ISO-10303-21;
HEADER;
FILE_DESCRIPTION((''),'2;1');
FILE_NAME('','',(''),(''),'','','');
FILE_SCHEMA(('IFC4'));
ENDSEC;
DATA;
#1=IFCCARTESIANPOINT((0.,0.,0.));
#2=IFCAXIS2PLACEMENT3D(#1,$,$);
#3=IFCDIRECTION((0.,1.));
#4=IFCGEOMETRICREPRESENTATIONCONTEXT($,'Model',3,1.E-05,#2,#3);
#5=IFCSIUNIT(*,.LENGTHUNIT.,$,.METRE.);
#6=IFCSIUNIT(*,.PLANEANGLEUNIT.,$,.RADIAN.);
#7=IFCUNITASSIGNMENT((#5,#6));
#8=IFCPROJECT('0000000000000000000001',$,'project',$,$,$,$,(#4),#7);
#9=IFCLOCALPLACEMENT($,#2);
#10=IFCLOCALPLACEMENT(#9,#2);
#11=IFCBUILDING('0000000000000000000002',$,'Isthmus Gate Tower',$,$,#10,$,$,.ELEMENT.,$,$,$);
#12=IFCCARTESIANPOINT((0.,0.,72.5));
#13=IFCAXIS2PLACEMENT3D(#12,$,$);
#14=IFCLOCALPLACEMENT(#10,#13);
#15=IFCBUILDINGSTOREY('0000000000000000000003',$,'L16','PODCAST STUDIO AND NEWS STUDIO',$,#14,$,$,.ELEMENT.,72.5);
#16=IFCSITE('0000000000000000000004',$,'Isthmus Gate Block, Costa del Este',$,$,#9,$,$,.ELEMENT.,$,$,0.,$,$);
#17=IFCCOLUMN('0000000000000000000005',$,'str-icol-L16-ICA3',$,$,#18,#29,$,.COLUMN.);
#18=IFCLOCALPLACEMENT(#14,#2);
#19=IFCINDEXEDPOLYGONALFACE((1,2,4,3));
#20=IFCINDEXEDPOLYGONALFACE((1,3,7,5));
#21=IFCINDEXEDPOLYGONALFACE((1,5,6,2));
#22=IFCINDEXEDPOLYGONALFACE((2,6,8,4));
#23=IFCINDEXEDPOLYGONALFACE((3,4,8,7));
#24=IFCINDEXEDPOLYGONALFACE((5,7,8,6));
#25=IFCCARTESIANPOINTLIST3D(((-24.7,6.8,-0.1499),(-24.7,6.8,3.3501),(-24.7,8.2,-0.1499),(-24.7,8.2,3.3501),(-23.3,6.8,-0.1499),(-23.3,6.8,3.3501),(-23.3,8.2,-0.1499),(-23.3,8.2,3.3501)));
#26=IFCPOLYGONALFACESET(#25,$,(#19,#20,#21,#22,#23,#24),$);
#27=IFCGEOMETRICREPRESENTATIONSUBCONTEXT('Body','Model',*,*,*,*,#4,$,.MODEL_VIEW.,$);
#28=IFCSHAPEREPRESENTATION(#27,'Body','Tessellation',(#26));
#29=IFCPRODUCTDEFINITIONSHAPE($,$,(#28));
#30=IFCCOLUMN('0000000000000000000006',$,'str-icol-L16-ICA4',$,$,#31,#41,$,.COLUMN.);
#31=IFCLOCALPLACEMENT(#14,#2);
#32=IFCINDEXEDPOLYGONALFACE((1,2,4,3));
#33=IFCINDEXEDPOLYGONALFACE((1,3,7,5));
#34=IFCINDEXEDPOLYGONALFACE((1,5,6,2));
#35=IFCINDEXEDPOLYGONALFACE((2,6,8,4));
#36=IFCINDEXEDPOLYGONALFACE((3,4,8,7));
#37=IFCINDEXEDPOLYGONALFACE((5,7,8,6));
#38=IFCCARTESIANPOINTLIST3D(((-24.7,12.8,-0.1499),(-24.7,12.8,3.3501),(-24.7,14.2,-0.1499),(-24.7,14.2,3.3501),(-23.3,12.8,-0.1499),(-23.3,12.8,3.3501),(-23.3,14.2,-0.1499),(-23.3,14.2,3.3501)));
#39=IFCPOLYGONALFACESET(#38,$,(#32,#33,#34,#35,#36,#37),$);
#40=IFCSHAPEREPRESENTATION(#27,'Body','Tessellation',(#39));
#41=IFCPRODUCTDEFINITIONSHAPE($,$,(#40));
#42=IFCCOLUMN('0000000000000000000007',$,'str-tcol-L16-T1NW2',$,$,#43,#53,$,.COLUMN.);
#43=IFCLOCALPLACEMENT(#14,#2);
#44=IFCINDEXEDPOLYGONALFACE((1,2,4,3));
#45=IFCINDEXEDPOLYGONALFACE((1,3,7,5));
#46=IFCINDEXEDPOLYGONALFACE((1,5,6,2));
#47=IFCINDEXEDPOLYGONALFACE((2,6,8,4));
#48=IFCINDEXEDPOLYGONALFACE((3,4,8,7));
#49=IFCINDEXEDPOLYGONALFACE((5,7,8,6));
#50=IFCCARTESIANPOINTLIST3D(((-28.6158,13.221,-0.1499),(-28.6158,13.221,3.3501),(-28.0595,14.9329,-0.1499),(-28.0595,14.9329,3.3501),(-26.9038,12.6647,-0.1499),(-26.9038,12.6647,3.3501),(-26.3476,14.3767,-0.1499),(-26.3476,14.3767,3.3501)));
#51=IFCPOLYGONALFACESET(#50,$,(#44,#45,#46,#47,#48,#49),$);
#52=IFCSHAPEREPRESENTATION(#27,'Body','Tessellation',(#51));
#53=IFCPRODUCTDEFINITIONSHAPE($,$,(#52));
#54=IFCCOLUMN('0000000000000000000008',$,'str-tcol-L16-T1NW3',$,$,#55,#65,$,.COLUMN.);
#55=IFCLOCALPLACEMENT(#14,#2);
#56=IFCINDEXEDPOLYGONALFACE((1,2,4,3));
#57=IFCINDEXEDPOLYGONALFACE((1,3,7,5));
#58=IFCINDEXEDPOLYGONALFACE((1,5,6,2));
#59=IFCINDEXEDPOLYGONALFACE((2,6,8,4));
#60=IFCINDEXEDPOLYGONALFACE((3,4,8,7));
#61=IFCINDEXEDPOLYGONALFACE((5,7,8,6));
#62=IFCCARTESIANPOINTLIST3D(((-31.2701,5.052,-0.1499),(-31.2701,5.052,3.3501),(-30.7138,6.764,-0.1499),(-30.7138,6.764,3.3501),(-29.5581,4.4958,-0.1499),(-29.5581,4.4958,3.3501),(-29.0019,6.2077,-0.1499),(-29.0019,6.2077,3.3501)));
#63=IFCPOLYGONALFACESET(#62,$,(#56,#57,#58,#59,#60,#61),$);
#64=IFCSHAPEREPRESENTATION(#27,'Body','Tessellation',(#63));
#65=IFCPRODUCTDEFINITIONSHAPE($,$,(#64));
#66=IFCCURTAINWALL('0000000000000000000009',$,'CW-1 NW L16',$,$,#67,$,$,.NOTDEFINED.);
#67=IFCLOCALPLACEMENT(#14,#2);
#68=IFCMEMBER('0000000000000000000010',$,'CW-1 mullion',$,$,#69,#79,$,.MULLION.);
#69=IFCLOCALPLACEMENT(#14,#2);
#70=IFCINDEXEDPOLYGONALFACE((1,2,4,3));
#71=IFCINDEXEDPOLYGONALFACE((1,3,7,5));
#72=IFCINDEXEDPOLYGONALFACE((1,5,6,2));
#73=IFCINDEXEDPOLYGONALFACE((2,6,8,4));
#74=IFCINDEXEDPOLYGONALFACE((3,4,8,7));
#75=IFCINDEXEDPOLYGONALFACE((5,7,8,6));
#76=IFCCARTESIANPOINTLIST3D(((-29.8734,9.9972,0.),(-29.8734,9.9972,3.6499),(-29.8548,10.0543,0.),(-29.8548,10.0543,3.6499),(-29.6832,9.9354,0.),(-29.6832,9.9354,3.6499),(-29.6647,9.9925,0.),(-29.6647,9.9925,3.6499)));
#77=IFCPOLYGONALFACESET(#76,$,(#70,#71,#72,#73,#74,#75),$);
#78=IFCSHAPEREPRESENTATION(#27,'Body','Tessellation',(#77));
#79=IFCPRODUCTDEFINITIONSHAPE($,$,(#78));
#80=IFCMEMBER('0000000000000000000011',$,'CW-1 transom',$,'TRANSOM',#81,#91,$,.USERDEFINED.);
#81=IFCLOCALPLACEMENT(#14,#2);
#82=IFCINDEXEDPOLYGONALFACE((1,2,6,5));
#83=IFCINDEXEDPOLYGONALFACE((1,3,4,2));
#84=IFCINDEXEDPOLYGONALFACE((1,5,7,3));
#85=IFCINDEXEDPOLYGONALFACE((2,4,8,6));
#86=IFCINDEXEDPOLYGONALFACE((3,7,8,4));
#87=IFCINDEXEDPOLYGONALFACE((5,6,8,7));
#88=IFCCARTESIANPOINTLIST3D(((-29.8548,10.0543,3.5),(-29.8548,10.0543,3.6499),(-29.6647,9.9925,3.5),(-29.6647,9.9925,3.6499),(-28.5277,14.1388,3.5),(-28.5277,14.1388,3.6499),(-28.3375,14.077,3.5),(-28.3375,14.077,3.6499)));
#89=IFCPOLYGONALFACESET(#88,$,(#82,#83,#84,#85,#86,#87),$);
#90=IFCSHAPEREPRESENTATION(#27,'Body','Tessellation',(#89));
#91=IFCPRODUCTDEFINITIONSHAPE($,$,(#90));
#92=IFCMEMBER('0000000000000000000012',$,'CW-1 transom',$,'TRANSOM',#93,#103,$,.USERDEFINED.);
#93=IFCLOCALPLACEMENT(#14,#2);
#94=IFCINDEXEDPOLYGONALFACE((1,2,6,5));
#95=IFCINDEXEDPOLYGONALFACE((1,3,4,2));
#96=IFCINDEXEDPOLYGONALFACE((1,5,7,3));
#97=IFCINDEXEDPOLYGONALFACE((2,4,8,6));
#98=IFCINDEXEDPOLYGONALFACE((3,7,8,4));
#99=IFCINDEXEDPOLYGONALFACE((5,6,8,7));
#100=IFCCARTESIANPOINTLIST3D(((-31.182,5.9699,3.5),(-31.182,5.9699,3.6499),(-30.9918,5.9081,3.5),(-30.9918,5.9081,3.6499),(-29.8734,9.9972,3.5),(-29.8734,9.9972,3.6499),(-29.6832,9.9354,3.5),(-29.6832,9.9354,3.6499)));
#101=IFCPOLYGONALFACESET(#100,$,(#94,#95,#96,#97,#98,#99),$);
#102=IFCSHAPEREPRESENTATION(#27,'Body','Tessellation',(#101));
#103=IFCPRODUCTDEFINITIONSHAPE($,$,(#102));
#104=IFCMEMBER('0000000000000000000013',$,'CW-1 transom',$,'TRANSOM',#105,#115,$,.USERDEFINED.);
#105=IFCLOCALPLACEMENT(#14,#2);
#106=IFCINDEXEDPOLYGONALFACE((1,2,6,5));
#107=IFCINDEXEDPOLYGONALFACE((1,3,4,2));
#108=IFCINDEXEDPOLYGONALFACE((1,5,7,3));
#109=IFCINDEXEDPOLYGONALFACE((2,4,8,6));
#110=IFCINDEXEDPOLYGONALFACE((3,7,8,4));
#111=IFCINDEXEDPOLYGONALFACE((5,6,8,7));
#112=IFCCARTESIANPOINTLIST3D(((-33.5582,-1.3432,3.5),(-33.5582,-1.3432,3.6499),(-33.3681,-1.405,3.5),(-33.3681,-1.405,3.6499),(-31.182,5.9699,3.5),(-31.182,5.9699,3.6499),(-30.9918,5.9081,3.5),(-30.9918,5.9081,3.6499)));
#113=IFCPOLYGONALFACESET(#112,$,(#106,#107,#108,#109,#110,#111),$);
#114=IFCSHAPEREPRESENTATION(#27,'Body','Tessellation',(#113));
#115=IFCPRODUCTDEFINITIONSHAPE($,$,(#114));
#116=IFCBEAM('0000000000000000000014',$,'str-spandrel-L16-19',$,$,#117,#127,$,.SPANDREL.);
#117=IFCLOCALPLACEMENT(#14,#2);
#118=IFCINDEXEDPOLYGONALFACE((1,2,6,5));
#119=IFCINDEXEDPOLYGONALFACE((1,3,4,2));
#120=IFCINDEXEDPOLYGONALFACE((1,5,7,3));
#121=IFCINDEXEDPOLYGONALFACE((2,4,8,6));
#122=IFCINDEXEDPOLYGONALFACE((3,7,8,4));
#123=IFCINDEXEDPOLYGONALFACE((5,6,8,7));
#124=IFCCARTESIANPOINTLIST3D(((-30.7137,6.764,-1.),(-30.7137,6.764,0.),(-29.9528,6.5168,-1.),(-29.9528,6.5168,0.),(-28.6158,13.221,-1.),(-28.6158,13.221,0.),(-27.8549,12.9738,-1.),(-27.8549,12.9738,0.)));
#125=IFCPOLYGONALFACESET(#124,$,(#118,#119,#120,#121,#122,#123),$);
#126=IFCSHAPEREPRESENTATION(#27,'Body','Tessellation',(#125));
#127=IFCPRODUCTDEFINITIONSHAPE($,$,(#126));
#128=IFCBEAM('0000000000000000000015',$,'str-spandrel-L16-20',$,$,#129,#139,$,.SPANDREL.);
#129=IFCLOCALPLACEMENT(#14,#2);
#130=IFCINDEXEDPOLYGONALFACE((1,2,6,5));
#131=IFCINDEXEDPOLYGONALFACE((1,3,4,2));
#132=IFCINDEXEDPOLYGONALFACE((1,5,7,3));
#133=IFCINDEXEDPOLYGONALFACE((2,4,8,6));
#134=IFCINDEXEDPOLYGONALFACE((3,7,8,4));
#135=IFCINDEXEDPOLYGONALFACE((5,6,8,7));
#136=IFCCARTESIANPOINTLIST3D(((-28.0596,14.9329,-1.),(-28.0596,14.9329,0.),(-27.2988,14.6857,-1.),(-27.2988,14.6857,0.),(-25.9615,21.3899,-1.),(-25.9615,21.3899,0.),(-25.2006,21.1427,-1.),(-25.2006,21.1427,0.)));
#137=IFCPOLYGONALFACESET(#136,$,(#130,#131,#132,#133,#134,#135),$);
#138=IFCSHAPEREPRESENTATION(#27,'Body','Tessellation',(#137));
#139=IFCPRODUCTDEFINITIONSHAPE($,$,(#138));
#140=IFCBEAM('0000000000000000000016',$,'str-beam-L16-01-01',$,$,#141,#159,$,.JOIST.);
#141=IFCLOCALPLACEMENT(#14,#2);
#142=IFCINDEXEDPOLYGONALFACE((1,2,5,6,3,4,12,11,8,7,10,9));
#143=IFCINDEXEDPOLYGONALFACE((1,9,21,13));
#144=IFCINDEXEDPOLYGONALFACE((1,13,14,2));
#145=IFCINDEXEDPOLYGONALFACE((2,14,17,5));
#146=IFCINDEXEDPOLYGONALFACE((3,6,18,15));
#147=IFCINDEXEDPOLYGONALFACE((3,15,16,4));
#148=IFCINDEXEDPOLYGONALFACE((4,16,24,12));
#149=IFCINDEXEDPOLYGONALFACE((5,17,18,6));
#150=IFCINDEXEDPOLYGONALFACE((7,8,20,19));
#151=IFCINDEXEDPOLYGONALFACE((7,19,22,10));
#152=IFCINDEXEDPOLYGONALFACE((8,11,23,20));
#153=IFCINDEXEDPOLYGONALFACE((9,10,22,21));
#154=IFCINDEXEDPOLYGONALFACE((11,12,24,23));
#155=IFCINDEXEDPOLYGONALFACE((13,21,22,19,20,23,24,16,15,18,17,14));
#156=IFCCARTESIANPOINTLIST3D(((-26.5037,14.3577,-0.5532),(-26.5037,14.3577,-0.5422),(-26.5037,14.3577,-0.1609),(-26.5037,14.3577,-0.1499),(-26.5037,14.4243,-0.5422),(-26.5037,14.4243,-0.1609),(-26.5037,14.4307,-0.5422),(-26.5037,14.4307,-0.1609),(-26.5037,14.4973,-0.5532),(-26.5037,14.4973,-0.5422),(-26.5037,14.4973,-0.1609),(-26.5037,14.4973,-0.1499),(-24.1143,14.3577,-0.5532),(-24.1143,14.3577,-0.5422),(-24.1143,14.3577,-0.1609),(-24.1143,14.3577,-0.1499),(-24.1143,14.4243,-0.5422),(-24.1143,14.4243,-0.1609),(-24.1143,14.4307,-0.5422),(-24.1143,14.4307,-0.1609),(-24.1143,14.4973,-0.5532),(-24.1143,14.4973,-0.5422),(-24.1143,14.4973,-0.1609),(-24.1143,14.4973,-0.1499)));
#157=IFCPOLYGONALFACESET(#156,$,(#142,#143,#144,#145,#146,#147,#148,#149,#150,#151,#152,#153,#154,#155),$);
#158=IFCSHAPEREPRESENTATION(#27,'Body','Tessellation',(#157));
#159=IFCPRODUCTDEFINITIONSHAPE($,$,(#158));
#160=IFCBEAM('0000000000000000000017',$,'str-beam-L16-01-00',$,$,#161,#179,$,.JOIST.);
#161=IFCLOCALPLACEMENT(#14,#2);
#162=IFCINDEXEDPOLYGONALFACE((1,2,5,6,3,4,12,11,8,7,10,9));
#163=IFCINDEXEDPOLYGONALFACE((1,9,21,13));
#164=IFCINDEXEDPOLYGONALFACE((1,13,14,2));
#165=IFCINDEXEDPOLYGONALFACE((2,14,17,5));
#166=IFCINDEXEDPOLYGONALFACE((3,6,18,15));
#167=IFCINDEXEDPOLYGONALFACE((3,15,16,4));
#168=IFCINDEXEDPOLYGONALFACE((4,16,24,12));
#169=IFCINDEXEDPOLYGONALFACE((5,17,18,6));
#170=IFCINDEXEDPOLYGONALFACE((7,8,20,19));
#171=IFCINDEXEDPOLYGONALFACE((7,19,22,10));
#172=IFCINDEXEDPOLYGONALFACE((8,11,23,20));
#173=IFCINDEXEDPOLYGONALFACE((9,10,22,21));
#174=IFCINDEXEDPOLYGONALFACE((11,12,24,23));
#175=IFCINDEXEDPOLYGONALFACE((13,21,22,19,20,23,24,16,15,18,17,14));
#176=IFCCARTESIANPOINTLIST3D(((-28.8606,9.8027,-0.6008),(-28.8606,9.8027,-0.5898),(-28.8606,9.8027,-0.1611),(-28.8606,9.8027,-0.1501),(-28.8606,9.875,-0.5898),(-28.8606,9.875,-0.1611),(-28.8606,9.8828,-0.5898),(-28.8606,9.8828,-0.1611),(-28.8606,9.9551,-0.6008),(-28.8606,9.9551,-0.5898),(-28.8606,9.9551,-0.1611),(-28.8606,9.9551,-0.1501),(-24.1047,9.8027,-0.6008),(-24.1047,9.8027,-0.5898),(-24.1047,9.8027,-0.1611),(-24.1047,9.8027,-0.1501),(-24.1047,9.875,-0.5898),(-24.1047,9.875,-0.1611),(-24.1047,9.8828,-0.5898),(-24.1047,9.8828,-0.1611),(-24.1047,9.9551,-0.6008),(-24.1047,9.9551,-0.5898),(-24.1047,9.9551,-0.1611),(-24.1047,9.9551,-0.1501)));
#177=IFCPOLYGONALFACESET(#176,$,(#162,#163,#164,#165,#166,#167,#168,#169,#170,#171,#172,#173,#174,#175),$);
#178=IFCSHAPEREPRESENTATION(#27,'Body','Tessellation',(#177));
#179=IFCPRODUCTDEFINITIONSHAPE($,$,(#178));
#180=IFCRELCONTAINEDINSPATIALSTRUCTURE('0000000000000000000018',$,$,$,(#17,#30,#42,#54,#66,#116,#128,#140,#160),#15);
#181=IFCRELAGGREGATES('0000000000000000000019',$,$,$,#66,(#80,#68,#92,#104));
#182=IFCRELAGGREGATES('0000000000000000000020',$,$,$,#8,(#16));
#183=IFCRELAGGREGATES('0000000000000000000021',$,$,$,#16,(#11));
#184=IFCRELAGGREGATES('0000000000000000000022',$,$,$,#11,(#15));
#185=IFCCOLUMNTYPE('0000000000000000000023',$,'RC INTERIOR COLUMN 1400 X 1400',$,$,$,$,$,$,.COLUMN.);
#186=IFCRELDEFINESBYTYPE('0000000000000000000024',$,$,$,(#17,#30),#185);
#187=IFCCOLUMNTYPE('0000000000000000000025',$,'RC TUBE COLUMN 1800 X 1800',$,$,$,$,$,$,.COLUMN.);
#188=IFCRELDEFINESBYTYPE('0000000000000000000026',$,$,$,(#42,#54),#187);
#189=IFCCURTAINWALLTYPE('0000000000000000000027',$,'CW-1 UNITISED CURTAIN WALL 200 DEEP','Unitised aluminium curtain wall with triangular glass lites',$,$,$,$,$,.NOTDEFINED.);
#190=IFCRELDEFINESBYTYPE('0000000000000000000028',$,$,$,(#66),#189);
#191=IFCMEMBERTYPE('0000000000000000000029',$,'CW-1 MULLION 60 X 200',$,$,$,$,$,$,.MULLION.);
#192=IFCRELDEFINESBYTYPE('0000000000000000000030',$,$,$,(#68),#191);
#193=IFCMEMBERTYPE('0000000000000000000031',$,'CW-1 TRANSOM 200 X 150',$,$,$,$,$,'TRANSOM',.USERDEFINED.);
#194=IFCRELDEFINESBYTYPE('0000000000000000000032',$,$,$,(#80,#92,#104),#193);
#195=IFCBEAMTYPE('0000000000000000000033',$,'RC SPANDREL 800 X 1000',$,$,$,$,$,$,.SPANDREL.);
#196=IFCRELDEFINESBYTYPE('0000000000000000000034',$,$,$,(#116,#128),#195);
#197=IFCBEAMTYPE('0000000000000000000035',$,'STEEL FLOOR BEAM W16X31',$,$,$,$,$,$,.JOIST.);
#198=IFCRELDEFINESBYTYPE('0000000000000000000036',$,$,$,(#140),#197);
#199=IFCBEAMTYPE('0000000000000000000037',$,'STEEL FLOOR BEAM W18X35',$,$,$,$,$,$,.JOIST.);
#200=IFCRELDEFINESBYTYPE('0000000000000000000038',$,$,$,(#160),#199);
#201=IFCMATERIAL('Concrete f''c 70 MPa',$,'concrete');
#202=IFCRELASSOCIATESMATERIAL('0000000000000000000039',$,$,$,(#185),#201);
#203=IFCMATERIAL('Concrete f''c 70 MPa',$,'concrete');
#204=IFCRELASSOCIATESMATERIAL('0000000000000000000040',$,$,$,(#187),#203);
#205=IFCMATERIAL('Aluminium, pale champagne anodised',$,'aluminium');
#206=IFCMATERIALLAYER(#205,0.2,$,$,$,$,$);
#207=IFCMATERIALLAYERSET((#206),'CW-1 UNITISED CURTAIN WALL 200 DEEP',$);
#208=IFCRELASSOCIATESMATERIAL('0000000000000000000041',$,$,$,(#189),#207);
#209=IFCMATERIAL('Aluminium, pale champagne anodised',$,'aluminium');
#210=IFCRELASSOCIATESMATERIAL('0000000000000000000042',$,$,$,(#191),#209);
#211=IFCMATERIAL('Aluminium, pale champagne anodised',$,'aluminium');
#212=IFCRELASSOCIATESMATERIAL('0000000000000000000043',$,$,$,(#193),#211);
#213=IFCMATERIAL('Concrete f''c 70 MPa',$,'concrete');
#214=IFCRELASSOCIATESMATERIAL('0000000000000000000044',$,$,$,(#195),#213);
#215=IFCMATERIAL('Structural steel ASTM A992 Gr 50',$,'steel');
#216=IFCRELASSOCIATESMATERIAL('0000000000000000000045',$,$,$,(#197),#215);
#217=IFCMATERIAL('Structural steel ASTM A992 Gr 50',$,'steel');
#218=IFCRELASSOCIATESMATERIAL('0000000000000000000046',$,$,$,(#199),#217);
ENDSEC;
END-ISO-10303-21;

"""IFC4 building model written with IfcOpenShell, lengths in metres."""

from ifc_helpers import new_model, si_unit, direction, frame, origin, origin_2d, place, context, subcontext, project, spatial, rectangle, i_section, extrude, material, layer, layer_set, material_profile, profile_set, type_object, element, aggregate, save


model = new_model("IFC4")

# Units and contexts
model_context = context("Model", 3, precision=1e-05, world=origin(), true_north=direction((0.0, 1.0)))
body_context = subcontext(model_context, "Body", "Model", "MODEL_VIEW")
ifc_project = project(units=[si_unit("LENGTHUNIT", "METRE"), si_unit("PLANEANGLEUNIT", "RADIAN")], contexts=[model_context])

# Site, building, storey
site_placement = place(None, origin())
site = spatial("IfcSite", under=ifc_project, at=site_placement, Name="Isthmus Gate Block, Costa del Este", CompositionType="ELEMENT", RefElevation=0.0)
building_placement = place(site_placement, origin())
building = spatial("IfcBuilding", under=site, at=building_placement, Name="Isthmus Gate Tower", CompositionType="ELEMENT")
storey_placement = place(building_placement, frame((0.0, 0.0, 72.5)))
storey = spatial("IfcBuildingStorey", under=building, at=storey_placement, Name="L16", Description="PODCAST STUDIO AND NEWS STUDIO", CompositionType="ELEMENT", Elevation=72.5)

# Columns
ifc_material_1 = material(Name="Concrete f'c 70 MPa", Category="concrete")
ifc_material_profile_1 = material_profile(ifc_material_1, rectangle(XDim=1.3999, YDim=1.3999, at=origin_2d()), Name="RC 1400X1400")
ifc_profile_set_1 = profile_set([ifc_material_profile_1], Name="Concrete f'c 70 MPa")
column_type_1 = type_object("IfcColumnType", Name="RC INTERIOR COLUMN 1400 X 1400", PredefinedType="COLUMN", material=ifc_profile_set_1)
for number, where, z_axis, x_axis, name in (
    (1, (-24.0, 7.5, -0.1499), (0.0, 0.0, 1.0), (1.0, 0.0, 0.0), "str-icol-L16-ICA3"),
    (2, (-24.0, 13.5, -0.1499), (0.0, 0.0, 1.0), (1.0, 0.0, 0.0), "str-icol-L16-ICA4"),
):
    element("IfcColumn", number, at=place(storey_placement, frame(where, z_axis=z_axis, x_axis=x_axis)), inside=storey, type_object=column_type_1, Name=name, PredefinedType="COLUMN", context=body_context, shape_type="SweptSolid", body=[
        extrude(rectangle(XDim=1.3999, YDim=1.3999, at=origin_2d()), origin(), (0.0, 0.0, 1.0), 3.5),
    ])
ifc_material_2 = material(Name="Concrete f'c 70 MPa", Category="concrete")
ifc_material_profile_2 = material_profile(ifc_material_2, rectangle(XDim=1.8, YDim=1.8, at=origin_2d()), Name="RC 1800X1800")
ifc_profile_set_2 = profile_set([ifc_material_profile_2], Name="Concrete f'c 70 MPa")
column_type_2 = type_object("IfcColumnType", Name="RC TUBE COLUMN 1800 X 1800", PredefinedType="COLUMN", material=ifc_profile_set_2)
for number, where, z_axis, x_axis, name in (
    (3, (-27.4817, 13.7988, -0.1499), (0.0, 0.0, 1.0), (-0.309017, -0.951057, 0.0), "str-tcol-L16-T1NW2"),
    (4, (-30.136, 5.6299, -0.1499), (0.0, 0.0, 1.0), (-0.309017, -0.951057, 0.0), "str-tcol-L16-T1NW3"),
):
    element("IfcColumn", number, at=place(storey_placement, frame(where, z_axis=z_axis, x_axis=x_axis)), inside=storey, type_object=column_type_2, Name=name, PredefinedType="COLUMN", context=body_context, shape_type="SweptSolid", body=[
        extrude(rectangle(XDim=1.8, YDim=1.8, at=origin_2d()), origin(), (0.0, 0.0, 1.0), 3.5),
    ])

# Curtain wall, members
ifc_material_3 = material(Name="Aluminium, pale champagne anodised", Category="aluminium")
ifc_layer_1 = layer(ifc_material_3, 0.2)
ifc_layer_set_1 = layer_set([ifc_layer_1], Name="CW-1 UNITISED CURTAIN WALL 200 DEEP")
curtain_wall_type = type_object("IfcCurtainWallType", Name="CW-1 UNITISED CURTAIN WALL 200 DEEP", Description="Unitised aluminium curtain wall with triangular glass lites", PredefinedType="NOTDEFINED", material=ifc_layer_set_1)
curtain_wall_placement = place(storey_placement, origin())
curtain_wall = element("IfcCurtainWall", 5, at=curtain_wall_placement, inside=storey, type_object=curtain_wall_type, Name="CW-1 NW L16", PredefinedType="NOTDEFINED")
ifc_material_4 = material(Name="Aluminium, pale champagne anodised", Category="aluminium")
ifc_material_profile_3 = material_profile(ifc_material_4, rectangle(XDim=0.0601, YDim=0.2, at=origin_2d()), Name="60x200")
ifc_profile_set_3 = profile_set([ifc_material_profile_3], Name="Aluminium, pale champagne anodised")
member_type_1 = type_object("IfcMemberType", Name="CW-1 MULLION 60 X 200", PredefinedType="MULLION", material=ifc_profile_set_3)
member_1_placement = place(storey_placement, frame((-29.769, 9.9949, 0.0), z_axis=(0.0, 0.0, 1.0), x_axis=(-0.309017, -0.951057, 0.0)))
member_1 = element("IfcMember", 6, at=member_1_placement, type_object=member_type_1, Name="CW-1 mullion", PredefinedType="MULLION", context=body_context, shape_type="SweptSolid", body=[
    extrude(rectangle(XDim=0.0601, YDim=0.2, at=origin_2d()), origin(), (0.0, 0.0, 1.0), 3.6499),
])
ifc_material_5 = material(Name="Aluminium, pale champagne anodised", Category="aluminium")
ifc_material_profile_4 = material_profile(ifc_material_5, rectangle(XDim=0.2, YDim=0.1499, at=origin_2d()), Name="200x150")
ifc_profile_set_4 = profile_set([ifc_material_profile_4], Name="Aluminium, pale champagne anodised")
member_type_2 = type_object("IfcMemberType", Name="CW-1 TRANSOM 200 X 150", ElementType="TRANSOM", PredefinedType="USERDEFINED", material=ifc_profile_set_4)
member_2_placement = place(storey_placement, frame((-28.4326, 14.1079, 3.575), z_axis=(-0.309022, -0.951055, 0.0), x_axis=(0.951055, -0.309022, 0.0)))
member_2 = element("IfcMember", 7, at=member_2_placement, type_object=member_type_2, Name="CW-1 transom", ObjectType="TRANSOM", PredefinedType="USERDEFINED", context=body_context, shape_type="SweptSolid", body=[
    extrude(rectangle(XDim=0.2, YDim=0.1499, at=origin_2d()), origin(), (0.0, 0.0, 1.0), 4.2947),
])
member_3_placement = place(storey_placement, frame((-29.7783, 9.9663, 3.575), z_axis=(-0.309023, -0.951054, 0.0), x_axis=(0.951054, -0.309023, 0.0)))
member_3 = element("IfcMember", 8, at=member_3_placement, type_object=member_type_2, Name="CW-1 transom", ObjectType="TRANSOM", PredefinedType="USERDEFINED", context=body_context, shape_type="SweptSolid", body=[
    extrude(rectangle(XDim=0.2, YDim=0.1499, at=origin_2d()), origin(), (0.0, 0.0, 1.0), 4.2346),
])
member_4_placement = place(storey_placement, frame((-31.0869, 5.939, 3.575), z_axis=(-0.309027, -0.951053, 0.0), x_axis=(0.951053, -0.309027, 0.0)))
member_4 = element("IfcMember", 9, at=member_4_placement, type_object=member_type_2, Name="CW-1 transom", ObjectType="TRANSOM", PredefinedType="USERDEFINED", context=body_context, shape_type="SweptSolid", body=[
    extrude(rectangle(XDim=0.2, YDim=0.1499, at=origin_2d()), origin(), (0.0, 0.0, 1.0), 7.6895),
])

# Beams
ifc_material_6 = material(Name="Concrete f'c 70 MPa", Category="concrete")
ifc_material_profile_5 = material_profile(ifc_material_6, rectangle(XDim=0.8, YDim=1.0, at=origin_2d()), Name="RC 800X1000")
ifc_profile_set_5 = profile_set([ifc_material_profile_5], Name="Concrete f'c 70 MPa")
beam_type_1 = type_object("IfcBeamType", Name="RC SPANDREL 800 X 1000", PredefinedType="SPANDREL", material=ifc_profile_set_5)
for number, where, z_axis, x_axis, name in (
    (10, (-30.3333, 6.6404, -0.5), (0.309002, 0.951062, 0.0), (-0.951062, 0.309002, 0.0), "str-spandrel-L16-19"),
    (11, (-27.6792, 14.8093, -0.5), (0.309034, 0.951051, 0.0), (-0.951051, 0.309034, 0.0), "str-spandrel-L16-20"),
):
    element("IfcBeam", number, at=place(storey_placement, frame(where, z_axis=z_axis, x_axis=x_axis)), inside=storey, type_object=beam_type_1, Name=name, PredefinedType="SPANDREL", context=body_context, shape_type="SweptSolid", body=[
        extrude(rectangle(XDim=0.8, YDim=1.0, at=origin_2d()), origin(), (0.0, 0.0, 1.0), 6.7893),
    ])
ifc_material_7 = material(Name="Structural steel ASTM A992 Gr 50", Category="steel")
ifc_material_profile_6 = material_profile(ifc_material_7, i_section(OverallWidth=0.1396, OverallDepth=0.4033, WebThickness=0.0063, FlangeThickness=0.011, at=origin_2d()), Name="W16X31")
ifc_profile_set_6 = profile_set([ifc_material_profile_6], Name="Structural steel ASTM A992 Gr 50")
beam_type_2 = type_object("IfcBeamType", Name="STEEL FLOOR BEAM W16X31", PredefinedType="JOIST", material=ifc_profile_set_6)
beam_1_placement = place(storey_placement, frame((-26.5037, 14.4275, -0.3516), z_axis=(1.0, 0.0, 0.0), x_axis=(0.0, 1.0, 0.0)))
element("IfcBeam", 12, at=beam_1_placement, inside=storey, type_object=beam_type_2, Name="str-beam-L16-01-01", PredefinedType="JOIST", context=body_context, shape_type="SweptSolid", body=[
    extrude(i_section(OverallWidth=0.1396, OverallDepth=0.4033, WebThickness=0.0063, FlangeThickness=0.011, at=origin_2d()), origin(), (0.0, 0.0, 1.0), 2.3894),
])
ifc_material_8 = material(Name="Structural steel ASTM A992 Gr 50", Category="steel")
ifc_material_profile_7 = material_profile(ifc_material_8, i_section(OverallWidth=0.1523, OverallDepth=0.4507, WebThickness=0.0078, FlangeThickness=0.011, at=origin_2d()), Name="W18X35")
ifc_profile_set_7 = profile_set([ifc_material_profile_7], Name="Structural steel ASTM A992 Gr 50")
beam_type_3 = type_object("IfcBeamType", Name="STEEL FLOOR BEAM W18X35", PredefinedType="JOIST", material=ifc_profile_set_7)
beam_2_placement = place(storey_placement, frame((-28.8606, 9.8789, -0.3755), z_axis=(1.0, 0.0, 0.0), x_axis=(0.0, 1.0, 0.0)))
element("IfcBeam", 13, at=beam_2_placement, inside=storey, type_object=beam_type_3, Name="str-beam-L16-01-00", PredefinedType="JOIST", context=body_context, shape_type="SweptSolid", body=[
    extrude(i_section(OverallWidth=0.1523, OverallDepth=0.4507, WebThickness=0.0078, FlangeThickness=0.011, at=origin_2d()), origin(), (0.0, 0.0, 1.0), 4.7559),
])

aggregate(curtain_wall, [member_2, member_1, member_3, member_4])

save(model, "model.ifc")
